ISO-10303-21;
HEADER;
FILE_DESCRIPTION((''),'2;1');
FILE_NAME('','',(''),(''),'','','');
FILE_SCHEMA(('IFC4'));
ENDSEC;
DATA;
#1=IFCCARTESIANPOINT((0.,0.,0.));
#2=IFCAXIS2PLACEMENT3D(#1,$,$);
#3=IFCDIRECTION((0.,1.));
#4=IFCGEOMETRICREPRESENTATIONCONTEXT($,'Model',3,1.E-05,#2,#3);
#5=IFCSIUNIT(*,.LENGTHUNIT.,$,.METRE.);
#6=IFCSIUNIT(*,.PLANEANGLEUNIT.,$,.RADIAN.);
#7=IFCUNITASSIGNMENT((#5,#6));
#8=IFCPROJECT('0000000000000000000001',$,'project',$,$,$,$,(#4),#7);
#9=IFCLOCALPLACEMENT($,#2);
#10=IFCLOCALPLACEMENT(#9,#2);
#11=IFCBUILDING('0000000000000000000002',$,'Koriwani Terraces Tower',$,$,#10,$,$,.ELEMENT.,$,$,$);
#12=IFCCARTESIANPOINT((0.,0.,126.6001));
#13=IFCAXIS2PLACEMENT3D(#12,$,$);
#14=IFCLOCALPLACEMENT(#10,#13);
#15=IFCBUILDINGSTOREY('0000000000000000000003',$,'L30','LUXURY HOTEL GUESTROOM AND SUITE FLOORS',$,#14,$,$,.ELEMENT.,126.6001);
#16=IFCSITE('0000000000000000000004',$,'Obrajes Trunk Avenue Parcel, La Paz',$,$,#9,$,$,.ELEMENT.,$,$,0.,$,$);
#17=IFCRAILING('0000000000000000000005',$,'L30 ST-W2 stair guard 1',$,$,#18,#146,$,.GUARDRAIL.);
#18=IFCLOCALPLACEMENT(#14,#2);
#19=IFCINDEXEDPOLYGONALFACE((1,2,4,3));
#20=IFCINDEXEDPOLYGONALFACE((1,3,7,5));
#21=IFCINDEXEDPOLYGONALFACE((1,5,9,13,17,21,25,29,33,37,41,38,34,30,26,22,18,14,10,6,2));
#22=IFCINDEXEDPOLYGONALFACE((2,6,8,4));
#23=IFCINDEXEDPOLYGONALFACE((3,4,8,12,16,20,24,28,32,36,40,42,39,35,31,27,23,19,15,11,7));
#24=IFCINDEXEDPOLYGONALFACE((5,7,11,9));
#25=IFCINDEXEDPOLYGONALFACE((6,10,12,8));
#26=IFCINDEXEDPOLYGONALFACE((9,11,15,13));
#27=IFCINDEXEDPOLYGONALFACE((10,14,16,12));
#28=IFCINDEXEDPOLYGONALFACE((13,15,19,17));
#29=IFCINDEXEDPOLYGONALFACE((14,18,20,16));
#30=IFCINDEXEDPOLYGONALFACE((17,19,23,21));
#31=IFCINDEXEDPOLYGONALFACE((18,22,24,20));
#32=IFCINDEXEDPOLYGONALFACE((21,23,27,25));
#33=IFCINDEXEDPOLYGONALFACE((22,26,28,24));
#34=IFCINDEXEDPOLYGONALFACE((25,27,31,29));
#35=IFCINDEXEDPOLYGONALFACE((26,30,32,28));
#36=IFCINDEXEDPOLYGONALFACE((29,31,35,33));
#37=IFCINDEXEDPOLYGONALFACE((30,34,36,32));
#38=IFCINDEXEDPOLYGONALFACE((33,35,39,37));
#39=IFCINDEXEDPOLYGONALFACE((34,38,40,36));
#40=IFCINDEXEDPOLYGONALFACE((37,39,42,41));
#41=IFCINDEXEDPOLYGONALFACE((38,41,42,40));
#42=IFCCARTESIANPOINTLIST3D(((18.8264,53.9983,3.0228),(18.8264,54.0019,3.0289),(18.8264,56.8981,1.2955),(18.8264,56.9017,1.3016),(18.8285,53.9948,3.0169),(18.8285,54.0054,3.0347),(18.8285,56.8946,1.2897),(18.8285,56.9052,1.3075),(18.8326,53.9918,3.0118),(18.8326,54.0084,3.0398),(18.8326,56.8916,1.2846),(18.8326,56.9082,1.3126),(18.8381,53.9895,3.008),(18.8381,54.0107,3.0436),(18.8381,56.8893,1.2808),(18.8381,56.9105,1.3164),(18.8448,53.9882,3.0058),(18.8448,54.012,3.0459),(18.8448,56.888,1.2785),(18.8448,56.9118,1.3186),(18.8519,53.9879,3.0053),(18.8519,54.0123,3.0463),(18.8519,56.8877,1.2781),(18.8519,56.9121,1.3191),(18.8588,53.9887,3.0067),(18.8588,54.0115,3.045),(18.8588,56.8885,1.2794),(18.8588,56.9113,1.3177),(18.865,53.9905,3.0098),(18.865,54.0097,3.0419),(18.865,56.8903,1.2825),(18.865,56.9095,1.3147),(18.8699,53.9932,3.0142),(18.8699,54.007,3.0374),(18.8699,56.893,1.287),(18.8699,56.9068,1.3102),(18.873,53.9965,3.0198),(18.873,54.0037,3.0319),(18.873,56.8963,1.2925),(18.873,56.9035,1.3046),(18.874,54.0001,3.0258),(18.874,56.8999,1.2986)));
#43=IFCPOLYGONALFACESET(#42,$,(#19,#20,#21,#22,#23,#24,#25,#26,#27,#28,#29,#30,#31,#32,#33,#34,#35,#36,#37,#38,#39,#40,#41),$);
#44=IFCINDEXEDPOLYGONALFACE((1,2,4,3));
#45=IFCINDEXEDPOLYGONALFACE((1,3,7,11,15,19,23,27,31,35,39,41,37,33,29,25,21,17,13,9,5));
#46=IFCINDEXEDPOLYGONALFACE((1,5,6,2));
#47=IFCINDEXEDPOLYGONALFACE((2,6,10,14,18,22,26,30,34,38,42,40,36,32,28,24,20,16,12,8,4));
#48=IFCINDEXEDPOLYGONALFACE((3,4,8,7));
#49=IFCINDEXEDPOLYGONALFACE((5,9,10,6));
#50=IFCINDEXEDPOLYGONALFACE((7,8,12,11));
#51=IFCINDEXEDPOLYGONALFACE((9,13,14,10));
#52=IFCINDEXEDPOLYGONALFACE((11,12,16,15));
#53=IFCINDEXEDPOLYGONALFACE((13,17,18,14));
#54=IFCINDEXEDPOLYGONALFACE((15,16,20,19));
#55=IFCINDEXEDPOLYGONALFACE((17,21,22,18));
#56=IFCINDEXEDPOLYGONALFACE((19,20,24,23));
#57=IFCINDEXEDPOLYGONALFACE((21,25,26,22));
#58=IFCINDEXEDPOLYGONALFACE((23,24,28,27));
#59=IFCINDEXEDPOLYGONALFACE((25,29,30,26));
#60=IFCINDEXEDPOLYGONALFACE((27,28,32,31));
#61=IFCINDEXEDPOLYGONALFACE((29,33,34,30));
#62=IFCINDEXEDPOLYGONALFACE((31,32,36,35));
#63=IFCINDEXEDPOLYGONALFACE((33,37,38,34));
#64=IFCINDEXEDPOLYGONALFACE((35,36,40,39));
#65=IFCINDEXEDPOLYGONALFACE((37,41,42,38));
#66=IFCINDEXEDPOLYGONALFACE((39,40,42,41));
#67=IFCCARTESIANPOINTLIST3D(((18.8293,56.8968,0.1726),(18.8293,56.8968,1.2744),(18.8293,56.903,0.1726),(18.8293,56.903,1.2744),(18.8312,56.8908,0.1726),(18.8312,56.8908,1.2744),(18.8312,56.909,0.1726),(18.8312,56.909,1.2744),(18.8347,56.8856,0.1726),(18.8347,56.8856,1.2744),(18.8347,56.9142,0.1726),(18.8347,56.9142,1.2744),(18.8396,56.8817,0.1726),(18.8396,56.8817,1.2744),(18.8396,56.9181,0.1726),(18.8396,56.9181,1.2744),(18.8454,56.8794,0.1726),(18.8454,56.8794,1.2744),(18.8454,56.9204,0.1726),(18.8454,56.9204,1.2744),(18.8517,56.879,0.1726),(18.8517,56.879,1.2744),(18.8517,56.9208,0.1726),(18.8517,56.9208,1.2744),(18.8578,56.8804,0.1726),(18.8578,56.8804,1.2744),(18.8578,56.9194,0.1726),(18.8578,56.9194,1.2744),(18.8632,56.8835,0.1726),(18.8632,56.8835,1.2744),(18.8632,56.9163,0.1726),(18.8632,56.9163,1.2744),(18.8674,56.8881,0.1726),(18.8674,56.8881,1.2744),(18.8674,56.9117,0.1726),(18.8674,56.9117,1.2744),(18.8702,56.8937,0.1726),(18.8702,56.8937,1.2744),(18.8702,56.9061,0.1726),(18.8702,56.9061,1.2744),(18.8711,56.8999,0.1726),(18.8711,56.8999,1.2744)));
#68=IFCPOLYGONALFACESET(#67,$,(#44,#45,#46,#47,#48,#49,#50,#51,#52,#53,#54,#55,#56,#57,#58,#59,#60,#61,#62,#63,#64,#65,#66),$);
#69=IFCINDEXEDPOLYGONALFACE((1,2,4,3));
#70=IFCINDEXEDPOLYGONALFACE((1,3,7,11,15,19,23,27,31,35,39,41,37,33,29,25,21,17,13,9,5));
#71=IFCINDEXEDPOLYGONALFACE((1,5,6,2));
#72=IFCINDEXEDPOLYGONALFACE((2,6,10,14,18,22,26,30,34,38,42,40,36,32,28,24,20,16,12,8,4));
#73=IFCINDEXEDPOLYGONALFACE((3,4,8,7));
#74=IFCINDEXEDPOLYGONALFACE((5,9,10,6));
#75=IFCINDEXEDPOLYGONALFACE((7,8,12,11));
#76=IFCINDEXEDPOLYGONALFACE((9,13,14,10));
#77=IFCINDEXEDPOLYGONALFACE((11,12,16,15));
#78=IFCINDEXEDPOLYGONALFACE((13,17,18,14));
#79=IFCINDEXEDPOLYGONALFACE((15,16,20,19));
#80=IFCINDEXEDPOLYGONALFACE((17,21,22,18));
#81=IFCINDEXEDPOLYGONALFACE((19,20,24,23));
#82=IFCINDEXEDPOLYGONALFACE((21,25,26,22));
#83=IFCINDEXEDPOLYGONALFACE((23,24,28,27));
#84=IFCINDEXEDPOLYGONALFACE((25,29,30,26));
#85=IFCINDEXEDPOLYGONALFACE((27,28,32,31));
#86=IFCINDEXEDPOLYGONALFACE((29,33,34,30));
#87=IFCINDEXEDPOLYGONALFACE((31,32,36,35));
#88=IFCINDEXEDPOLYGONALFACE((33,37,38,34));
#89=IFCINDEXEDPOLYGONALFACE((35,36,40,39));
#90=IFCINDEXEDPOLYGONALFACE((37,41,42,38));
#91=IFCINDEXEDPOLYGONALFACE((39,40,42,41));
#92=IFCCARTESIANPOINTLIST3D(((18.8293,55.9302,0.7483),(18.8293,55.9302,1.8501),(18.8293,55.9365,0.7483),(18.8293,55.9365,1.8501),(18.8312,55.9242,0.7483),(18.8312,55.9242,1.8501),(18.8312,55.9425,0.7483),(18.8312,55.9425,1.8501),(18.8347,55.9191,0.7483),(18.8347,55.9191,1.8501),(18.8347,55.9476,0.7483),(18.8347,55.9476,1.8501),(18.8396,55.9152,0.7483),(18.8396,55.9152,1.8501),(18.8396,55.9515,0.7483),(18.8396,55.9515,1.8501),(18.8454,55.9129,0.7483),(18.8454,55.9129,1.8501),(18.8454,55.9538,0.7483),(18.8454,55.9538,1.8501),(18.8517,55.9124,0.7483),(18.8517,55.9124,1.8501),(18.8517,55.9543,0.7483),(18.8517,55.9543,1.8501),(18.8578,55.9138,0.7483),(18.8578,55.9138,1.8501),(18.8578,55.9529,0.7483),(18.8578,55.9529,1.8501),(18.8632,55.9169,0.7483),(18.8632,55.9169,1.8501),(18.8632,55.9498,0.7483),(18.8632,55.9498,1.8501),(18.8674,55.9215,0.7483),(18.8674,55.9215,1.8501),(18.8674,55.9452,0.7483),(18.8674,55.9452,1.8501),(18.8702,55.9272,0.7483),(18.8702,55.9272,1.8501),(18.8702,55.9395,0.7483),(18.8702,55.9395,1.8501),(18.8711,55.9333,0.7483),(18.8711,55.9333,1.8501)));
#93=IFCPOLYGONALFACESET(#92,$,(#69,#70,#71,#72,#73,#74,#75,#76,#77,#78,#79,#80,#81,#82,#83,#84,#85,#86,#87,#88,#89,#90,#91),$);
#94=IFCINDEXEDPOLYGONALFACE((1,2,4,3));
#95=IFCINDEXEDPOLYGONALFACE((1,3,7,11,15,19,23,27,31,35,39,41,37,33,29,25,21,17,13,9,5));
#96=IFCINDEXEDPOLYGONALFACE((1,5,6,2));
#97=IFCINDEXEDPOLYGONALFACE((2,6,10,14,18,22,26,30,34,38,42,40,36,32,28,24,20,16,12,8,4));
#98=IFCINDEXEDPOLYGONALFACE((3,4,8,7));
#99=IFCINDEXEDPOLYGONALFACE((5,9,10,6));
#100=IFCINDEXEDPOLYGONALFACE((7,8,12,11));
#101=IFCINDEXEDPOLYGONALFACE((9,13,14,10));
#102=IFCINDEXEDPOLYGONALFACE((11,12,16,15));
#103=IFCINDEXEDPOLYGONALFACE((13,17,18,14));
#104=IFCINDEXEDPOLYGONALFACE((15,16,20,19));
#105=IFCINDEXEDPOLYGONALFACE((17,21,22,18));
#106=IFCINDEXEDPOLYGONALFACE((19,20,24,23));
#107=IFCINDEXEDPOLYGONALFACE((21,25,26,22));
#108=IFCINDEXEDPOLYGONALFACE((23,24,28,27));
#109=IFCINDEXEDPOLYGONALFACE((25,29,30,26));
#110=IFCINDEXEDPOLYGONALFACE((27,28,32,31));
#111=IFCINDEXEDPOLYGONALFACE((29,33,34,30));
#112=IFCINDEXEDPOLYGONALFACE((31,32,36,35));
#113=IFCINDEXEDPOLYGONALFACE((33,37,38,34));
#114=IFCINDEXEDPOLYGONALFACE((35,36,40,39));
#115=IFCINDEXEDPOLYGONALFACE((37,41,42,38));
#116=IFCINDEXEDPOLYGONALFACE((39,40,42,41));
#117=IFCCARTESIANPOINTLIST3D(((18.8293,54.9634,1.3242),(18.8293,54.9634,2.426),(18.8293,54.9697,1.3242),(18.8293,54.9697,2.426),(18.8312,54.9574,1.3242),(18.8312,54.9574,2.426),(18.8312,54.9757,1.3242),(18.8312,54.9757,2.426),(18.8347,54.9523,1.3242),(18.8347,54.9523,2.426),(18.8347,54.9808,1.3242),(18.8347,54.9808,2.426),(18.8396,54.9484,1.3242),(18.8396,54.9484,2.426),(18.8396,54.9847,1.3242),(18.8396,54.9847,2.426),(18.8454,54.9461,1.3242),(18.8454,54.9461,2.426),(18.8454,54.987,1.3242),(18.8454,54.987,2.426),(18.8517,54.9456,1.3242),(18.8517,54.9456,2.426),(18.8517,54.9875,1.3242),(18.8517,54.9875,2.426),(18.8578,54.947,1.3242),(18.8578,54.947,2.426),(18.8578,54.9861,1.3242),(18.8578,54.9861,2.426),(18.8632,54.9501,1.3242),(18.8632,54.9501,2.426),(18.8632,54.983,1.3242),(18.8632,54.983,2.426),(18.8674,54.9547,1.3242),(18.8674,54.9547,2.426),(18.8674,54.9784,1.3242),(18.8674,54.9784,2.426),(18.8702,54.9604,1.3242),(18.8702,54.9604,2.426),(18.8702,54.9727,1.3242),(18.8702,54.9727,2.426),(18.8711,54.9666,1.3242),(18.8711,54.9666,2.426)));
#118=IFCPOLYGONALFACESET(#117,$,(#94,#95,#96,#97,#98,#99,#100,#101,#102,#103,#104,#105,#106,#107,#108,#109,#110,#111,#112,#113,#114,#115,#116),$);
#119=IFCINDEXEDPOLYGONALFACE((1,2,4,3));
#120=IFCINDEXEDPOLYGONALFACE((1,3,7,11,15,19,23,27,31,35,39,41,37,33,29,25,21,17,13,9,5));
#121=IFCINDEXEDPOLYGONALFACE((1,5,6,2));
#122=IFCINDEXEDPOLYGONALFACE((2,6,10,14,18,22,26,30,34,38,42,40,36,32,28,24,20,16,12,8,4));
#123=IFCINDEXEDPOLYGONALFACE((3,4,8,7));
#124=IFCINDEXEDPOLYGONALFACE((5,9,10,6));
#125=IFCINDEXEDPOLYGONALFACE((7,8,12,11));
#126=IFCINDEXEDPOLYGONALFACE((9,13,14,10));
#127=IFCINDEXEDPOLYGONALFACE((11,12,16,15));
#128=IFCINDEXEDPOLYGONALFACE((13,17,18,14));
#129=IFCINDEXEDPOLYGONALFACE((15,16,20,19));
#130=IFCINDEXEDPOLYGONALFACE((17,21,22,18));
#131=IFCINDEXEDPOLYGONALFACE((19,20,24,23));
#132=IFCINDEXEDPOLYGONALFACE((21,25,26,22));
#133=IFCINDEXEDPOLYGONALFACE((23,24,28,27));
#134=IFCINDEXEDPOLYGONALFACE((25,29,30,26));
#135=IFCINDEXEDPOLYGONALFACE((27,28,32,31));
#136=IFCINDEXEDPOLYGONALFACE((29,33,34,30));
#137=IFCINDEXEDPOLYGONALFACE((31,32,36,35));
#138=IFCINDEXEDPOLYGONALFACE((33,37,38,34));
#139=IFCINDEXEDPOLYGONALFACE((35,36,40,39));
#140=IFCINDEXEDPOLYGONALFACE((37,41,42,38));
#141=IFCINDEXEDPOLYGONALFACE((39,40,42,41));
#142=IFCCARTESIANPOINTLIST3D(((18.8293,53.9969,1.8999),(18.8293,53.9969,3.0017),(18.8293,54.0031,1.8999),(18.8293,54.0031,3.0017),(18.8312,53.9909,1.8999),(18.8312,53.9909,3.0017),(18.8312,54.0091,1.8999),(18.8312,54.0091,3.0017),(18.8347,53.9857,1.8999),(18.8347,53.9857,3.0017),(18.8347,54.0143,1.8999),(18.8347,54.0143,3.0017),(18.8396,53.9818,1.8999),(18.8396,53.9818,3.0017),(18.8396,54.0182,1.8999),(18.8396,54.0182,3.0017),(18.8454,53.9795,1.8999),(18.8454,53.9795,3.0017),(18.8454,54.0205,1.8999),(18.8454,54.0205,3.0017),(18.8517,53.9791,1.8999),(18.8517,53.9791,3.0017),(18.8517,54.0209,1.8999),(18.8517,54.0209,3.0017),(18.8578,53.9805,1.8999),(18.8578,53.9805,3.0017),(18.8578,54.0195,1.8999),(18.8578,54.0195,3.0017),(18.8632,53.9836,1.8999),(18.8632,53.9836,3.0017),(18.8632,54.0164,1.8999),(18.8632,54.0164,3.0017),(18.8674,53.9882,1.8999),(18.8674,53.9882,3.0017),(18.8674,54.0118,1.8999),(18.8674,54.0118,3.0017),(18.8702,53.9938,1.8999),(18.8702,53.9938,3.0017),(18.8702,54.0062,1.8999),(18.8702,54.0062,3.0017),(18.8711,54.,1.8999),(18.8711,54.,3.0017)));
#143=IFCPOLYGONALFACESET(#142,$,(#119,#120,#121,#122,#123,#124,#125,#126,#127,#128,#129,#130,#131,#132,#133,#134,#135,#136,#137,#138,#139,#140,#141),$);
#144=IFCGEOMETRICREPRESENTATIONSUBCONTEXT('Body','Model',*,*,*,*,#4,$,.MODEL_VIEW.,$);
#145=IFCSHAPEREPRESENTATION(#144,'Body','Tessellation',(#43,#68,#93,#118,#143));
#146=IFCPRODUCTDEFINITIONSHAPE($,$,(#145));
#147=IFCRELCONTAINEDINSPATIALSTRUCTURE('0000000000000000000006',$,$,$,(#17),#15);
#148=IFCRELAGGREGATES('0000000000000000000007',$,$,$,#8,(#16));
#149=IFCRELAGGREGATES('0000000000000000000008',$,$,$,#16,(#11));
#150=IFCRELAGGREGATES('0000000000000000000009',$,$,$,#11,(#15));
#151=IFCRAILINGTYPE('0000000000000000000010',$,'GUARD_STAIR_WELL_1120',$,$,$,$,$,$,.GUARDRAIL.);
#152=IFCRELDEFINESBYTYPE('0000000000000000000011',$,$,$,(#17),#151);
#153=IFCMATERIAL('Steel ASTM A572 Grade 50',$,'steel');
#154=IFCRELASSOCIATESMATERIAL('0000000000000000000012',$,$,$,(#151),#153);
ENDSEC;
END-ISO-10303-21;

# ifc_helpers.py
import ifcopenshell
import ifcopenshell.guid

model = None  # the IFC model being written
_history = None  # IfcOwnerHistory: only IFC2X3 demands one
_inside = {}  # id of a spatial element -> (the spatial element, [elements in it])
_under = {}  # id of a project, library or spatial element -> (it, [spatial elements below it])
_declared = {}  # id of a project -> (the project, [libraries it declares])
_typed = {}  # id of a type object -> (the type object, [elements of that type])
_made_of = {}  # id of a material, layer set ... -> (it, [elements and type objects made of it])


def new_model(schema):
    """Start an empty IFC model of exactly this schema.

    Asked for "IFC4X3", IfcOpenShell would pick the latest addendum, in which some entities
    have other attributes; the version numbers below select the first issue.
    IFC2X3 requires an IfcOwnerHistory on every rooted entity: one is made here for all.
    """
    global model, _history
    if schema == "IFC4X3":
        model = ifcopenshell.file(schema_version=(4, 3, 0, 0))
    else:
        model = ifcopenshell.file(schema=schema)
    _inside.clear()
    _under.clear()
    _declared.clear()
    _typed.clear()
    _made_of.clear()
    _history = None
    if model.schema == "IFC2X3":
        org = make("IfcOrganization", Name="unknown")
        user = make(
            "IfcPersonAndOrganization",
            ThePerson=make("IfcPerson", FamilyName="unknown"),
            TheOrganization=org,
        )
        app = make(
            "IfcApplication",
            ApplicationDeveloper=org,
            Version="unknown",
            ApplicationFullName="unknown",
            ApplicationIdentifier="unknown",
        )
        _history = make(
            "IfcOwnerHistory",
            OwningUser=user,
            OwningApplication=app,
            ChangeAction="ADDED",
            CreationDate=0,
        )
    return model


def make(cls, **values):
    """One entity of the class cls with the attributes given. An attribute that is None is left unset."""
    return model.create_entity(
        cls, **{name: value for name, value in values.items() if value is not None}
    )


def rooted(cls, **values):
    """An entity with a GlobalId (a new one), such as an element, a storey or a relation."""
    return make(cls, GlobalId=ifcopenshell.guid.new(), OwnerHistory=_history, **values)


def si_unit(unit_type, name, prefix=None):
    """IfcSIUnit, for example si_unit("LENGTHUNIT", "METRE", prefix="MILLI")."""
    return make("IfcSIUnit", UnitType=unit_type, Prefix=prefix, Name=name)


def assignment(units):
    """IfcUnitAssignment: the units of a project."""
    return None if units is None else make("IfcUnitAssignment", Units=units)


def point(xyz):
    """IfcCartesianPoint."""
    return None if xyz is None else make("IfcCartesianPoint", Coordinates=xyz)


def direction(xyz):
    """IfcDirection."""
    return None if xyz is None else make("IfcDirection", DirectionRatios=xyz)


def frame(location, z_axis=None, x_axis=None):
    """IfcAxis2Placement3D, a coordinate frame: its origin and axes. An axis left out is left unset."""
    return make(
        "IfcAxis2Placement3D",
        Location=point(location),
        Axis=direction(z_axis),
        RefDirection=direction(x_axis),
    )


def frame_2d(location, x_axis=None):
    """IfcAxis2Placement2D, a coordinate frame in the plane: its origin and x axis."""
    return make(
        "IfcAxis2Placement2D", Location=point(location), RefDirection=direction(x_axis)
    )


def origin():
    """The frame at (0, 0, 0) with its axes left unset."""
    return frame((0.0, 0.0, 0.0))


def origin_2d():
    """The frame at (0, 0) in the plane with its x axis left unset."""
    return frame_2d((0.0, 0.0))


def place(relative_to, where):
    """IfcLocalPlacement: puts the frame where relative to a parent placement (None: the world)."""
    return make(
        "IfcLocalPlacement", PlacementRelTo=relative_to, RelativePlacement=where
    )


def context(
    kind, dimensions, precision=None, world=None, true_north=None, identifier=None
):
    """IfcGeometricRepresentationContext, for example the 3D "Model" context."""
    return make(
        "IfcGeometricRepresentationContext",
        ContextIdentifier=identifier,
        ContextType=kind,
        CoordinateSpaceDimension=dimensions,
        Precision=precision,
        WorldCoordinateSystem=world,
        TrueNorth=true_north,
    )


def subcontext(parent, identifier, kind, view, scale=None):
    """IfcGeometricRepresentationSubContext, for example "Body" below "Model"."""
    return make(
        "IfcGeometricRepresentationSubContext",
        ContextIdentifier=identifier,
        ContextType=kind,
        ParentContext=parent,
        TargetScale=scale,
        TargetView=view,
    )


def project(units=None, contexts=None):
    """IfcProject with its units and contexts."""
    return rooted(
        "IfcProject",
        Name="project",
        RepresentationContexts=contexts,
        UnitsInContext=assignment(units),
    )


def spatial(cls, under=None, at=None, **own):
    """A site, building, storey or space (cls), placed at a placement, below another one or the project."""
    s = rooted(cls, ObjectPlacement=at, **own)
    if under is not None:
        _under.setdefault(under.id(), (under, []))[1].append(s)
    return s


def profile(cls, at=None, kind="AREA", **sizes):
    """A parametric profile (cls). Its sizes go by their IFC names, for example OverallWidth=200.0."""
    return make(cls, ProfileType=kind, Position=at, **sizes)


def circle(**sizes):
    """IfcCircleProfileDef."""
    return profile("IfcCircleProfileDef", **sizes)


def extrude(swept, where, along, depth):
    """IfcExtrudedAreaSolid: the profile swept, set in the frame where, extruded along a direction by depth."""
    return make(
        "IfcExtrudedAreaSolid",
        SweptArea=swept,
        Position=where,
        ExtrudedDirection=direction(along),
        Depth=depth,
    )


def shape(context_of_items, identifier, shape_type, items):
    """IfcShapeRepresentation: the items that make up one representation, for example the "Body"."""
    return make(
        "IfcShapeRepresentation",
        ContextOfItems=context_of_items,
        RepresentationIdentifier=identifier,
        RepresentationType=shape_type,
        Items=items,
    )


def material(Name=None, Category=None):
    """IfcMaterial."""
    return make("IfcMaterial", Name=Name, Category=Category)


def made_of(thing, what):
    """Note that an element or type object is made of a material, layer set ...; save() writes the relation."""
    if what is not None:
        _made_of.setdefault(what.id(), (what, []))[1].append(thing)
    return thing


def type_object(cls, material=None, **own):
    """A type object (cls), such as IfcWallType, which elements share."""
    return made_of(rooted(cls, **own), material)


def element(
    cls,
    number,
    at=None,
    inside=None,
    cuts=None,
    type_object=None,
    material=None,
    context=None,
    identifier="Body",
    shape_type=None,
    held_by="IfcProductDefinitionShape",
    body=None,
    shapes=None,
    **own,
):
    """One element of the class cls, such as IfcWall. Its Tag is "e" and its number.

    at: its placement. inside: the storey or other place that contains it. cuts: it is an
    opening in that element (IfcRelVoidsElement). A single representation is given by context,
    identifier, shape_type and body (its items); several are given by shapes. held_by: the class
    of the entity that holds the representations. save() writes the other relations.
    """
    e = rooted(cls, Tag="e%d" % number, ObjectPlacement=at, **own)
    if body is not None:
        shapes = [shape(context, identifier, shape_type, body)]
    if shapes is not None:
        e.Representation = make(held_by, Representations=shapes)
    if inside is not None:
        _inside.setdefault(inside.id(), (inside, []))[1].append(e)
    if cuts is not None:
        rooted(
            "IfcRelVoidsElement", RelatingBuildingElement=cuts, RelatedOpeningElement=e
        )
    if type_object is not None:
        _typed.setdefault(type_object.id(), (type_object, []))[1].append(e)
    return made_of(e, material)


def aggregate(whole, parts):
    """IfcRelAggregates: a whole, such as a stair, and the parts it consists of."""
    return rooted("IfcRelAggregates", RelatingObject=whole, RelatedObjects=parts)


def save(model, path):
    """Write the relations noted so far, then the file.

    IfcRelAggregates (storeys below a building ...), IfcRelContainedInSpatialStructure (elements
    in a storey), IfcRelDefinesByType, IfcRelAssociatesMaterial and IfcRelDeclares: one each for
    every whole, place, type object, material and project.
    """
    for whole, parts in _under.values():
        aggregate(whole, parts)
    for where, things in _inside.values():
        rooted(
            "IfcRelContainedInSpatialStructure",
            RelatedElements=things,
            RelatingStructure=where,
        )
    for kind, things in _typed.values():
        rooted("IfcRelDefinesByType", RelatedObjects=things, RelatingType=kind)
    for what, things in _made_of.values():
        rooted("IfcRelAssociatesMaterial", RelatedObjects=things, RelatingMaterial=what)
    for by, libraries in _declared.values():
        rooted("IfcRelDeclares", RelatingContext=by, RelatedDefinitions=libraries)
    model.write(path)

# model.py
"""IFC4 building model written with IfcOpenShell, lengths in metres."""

from ifc_helpers import new_model, si_unit, direction, frame, origin, origin_2d, place, context, subcontext, project, spatial, circle, extrude, material, type_object, element, save


model = new_model("IFC4")

# Units and contexts
model_context = context("Model", 3, precision=1e-05, world=origin(), true_north=direction((0.0, 1.0)))
body_context = subcontext(model_context, "Body", "Model", "MODEL_VIEW")
ifc_project = project(units=[si_unit("LENGTHUNIT", "METRE"), si_unit("PLANEANGLEUNIT", "RADIAN")], contexts=[model_context])

# Site, building, storey
site_placement = place(None, origin())
site = spatial("IfcSite", under=ifc_project, at=site_placement, Name="Obrajes Trunk Avenue Parcel, La Paz", CompositionType="ELEMENT", RefElevation=0.0)
building_placement = place(site_placement, origin())
building = spatial("IfcBuilding", under=site, at=building_placement, Name="Koriwani Terraces Tower", CompositionType="ELEMENT")
storey_placement = place(building_placement, frame((0.0, 0.0, 126.6001)))
storey = spatial("IfcBuildingStorey", under=building, at=storey_placement, Name="L30", Description="LUXURY HOTEL GUESTROOM AND SUITE FLOORS", CompositionType="ELEMENT", Elevation=126.6001)

# Shared definitions
ifc_material_1 = material(Name="Steel ASTM A572 Grade 50", Category="steel")

# Railing
railing_type_1 = type_object("IfcRailingType", Name="GUARD_STAIR_WELL_1120", PredefinedType="GUARDRAIL", material=ifc_material_1)
railing_1_placement = place(storey_placement, frame((18.8501, 56.8999, 0.1726)))
element("IfcRailing", 1, at=railing_1_placement, inside=storey, type_object=railing_type_1, Name="L30 ST-W2 stair guard 1", PredefinedType="GUARDRAIL", context=body_context, shape_type="SweptSolid", body=[
    extrude(circle(Radius=0.0239, at=origin_2d()), frame((0.0, 0.0, 1.126), z_axis=(0.0, -0.859141, 0.511738), x_axis=(1.0, 0.0, 0.0)), (0.0, 0.0, 1.0), 3.3752),
    extrude(circle(Radius=0.021, at=origin_2d()), origin(), (0.0, 0.0, 1.0), 1.1018),
    extrude(circle(Radius=0.021, at=origin_2d()), frame((0.0, -0.9666, 0.5757)), (0.0, 0.0, 1.0), 1.1018),
    extrude(circle(Radius=0.021, at=origin_2d()), frame((0.0, -1.9333, 1.1516)), (0.0, 0.0, 1.0), 1.1018),
    extrude(circle(Radius=0.021, at=origin_2d()), frame((0.0, -2.8999, 1.7273)), (0.0, 0.0, 1.0), 1.1018),
])

save(model, "model.ifc")
